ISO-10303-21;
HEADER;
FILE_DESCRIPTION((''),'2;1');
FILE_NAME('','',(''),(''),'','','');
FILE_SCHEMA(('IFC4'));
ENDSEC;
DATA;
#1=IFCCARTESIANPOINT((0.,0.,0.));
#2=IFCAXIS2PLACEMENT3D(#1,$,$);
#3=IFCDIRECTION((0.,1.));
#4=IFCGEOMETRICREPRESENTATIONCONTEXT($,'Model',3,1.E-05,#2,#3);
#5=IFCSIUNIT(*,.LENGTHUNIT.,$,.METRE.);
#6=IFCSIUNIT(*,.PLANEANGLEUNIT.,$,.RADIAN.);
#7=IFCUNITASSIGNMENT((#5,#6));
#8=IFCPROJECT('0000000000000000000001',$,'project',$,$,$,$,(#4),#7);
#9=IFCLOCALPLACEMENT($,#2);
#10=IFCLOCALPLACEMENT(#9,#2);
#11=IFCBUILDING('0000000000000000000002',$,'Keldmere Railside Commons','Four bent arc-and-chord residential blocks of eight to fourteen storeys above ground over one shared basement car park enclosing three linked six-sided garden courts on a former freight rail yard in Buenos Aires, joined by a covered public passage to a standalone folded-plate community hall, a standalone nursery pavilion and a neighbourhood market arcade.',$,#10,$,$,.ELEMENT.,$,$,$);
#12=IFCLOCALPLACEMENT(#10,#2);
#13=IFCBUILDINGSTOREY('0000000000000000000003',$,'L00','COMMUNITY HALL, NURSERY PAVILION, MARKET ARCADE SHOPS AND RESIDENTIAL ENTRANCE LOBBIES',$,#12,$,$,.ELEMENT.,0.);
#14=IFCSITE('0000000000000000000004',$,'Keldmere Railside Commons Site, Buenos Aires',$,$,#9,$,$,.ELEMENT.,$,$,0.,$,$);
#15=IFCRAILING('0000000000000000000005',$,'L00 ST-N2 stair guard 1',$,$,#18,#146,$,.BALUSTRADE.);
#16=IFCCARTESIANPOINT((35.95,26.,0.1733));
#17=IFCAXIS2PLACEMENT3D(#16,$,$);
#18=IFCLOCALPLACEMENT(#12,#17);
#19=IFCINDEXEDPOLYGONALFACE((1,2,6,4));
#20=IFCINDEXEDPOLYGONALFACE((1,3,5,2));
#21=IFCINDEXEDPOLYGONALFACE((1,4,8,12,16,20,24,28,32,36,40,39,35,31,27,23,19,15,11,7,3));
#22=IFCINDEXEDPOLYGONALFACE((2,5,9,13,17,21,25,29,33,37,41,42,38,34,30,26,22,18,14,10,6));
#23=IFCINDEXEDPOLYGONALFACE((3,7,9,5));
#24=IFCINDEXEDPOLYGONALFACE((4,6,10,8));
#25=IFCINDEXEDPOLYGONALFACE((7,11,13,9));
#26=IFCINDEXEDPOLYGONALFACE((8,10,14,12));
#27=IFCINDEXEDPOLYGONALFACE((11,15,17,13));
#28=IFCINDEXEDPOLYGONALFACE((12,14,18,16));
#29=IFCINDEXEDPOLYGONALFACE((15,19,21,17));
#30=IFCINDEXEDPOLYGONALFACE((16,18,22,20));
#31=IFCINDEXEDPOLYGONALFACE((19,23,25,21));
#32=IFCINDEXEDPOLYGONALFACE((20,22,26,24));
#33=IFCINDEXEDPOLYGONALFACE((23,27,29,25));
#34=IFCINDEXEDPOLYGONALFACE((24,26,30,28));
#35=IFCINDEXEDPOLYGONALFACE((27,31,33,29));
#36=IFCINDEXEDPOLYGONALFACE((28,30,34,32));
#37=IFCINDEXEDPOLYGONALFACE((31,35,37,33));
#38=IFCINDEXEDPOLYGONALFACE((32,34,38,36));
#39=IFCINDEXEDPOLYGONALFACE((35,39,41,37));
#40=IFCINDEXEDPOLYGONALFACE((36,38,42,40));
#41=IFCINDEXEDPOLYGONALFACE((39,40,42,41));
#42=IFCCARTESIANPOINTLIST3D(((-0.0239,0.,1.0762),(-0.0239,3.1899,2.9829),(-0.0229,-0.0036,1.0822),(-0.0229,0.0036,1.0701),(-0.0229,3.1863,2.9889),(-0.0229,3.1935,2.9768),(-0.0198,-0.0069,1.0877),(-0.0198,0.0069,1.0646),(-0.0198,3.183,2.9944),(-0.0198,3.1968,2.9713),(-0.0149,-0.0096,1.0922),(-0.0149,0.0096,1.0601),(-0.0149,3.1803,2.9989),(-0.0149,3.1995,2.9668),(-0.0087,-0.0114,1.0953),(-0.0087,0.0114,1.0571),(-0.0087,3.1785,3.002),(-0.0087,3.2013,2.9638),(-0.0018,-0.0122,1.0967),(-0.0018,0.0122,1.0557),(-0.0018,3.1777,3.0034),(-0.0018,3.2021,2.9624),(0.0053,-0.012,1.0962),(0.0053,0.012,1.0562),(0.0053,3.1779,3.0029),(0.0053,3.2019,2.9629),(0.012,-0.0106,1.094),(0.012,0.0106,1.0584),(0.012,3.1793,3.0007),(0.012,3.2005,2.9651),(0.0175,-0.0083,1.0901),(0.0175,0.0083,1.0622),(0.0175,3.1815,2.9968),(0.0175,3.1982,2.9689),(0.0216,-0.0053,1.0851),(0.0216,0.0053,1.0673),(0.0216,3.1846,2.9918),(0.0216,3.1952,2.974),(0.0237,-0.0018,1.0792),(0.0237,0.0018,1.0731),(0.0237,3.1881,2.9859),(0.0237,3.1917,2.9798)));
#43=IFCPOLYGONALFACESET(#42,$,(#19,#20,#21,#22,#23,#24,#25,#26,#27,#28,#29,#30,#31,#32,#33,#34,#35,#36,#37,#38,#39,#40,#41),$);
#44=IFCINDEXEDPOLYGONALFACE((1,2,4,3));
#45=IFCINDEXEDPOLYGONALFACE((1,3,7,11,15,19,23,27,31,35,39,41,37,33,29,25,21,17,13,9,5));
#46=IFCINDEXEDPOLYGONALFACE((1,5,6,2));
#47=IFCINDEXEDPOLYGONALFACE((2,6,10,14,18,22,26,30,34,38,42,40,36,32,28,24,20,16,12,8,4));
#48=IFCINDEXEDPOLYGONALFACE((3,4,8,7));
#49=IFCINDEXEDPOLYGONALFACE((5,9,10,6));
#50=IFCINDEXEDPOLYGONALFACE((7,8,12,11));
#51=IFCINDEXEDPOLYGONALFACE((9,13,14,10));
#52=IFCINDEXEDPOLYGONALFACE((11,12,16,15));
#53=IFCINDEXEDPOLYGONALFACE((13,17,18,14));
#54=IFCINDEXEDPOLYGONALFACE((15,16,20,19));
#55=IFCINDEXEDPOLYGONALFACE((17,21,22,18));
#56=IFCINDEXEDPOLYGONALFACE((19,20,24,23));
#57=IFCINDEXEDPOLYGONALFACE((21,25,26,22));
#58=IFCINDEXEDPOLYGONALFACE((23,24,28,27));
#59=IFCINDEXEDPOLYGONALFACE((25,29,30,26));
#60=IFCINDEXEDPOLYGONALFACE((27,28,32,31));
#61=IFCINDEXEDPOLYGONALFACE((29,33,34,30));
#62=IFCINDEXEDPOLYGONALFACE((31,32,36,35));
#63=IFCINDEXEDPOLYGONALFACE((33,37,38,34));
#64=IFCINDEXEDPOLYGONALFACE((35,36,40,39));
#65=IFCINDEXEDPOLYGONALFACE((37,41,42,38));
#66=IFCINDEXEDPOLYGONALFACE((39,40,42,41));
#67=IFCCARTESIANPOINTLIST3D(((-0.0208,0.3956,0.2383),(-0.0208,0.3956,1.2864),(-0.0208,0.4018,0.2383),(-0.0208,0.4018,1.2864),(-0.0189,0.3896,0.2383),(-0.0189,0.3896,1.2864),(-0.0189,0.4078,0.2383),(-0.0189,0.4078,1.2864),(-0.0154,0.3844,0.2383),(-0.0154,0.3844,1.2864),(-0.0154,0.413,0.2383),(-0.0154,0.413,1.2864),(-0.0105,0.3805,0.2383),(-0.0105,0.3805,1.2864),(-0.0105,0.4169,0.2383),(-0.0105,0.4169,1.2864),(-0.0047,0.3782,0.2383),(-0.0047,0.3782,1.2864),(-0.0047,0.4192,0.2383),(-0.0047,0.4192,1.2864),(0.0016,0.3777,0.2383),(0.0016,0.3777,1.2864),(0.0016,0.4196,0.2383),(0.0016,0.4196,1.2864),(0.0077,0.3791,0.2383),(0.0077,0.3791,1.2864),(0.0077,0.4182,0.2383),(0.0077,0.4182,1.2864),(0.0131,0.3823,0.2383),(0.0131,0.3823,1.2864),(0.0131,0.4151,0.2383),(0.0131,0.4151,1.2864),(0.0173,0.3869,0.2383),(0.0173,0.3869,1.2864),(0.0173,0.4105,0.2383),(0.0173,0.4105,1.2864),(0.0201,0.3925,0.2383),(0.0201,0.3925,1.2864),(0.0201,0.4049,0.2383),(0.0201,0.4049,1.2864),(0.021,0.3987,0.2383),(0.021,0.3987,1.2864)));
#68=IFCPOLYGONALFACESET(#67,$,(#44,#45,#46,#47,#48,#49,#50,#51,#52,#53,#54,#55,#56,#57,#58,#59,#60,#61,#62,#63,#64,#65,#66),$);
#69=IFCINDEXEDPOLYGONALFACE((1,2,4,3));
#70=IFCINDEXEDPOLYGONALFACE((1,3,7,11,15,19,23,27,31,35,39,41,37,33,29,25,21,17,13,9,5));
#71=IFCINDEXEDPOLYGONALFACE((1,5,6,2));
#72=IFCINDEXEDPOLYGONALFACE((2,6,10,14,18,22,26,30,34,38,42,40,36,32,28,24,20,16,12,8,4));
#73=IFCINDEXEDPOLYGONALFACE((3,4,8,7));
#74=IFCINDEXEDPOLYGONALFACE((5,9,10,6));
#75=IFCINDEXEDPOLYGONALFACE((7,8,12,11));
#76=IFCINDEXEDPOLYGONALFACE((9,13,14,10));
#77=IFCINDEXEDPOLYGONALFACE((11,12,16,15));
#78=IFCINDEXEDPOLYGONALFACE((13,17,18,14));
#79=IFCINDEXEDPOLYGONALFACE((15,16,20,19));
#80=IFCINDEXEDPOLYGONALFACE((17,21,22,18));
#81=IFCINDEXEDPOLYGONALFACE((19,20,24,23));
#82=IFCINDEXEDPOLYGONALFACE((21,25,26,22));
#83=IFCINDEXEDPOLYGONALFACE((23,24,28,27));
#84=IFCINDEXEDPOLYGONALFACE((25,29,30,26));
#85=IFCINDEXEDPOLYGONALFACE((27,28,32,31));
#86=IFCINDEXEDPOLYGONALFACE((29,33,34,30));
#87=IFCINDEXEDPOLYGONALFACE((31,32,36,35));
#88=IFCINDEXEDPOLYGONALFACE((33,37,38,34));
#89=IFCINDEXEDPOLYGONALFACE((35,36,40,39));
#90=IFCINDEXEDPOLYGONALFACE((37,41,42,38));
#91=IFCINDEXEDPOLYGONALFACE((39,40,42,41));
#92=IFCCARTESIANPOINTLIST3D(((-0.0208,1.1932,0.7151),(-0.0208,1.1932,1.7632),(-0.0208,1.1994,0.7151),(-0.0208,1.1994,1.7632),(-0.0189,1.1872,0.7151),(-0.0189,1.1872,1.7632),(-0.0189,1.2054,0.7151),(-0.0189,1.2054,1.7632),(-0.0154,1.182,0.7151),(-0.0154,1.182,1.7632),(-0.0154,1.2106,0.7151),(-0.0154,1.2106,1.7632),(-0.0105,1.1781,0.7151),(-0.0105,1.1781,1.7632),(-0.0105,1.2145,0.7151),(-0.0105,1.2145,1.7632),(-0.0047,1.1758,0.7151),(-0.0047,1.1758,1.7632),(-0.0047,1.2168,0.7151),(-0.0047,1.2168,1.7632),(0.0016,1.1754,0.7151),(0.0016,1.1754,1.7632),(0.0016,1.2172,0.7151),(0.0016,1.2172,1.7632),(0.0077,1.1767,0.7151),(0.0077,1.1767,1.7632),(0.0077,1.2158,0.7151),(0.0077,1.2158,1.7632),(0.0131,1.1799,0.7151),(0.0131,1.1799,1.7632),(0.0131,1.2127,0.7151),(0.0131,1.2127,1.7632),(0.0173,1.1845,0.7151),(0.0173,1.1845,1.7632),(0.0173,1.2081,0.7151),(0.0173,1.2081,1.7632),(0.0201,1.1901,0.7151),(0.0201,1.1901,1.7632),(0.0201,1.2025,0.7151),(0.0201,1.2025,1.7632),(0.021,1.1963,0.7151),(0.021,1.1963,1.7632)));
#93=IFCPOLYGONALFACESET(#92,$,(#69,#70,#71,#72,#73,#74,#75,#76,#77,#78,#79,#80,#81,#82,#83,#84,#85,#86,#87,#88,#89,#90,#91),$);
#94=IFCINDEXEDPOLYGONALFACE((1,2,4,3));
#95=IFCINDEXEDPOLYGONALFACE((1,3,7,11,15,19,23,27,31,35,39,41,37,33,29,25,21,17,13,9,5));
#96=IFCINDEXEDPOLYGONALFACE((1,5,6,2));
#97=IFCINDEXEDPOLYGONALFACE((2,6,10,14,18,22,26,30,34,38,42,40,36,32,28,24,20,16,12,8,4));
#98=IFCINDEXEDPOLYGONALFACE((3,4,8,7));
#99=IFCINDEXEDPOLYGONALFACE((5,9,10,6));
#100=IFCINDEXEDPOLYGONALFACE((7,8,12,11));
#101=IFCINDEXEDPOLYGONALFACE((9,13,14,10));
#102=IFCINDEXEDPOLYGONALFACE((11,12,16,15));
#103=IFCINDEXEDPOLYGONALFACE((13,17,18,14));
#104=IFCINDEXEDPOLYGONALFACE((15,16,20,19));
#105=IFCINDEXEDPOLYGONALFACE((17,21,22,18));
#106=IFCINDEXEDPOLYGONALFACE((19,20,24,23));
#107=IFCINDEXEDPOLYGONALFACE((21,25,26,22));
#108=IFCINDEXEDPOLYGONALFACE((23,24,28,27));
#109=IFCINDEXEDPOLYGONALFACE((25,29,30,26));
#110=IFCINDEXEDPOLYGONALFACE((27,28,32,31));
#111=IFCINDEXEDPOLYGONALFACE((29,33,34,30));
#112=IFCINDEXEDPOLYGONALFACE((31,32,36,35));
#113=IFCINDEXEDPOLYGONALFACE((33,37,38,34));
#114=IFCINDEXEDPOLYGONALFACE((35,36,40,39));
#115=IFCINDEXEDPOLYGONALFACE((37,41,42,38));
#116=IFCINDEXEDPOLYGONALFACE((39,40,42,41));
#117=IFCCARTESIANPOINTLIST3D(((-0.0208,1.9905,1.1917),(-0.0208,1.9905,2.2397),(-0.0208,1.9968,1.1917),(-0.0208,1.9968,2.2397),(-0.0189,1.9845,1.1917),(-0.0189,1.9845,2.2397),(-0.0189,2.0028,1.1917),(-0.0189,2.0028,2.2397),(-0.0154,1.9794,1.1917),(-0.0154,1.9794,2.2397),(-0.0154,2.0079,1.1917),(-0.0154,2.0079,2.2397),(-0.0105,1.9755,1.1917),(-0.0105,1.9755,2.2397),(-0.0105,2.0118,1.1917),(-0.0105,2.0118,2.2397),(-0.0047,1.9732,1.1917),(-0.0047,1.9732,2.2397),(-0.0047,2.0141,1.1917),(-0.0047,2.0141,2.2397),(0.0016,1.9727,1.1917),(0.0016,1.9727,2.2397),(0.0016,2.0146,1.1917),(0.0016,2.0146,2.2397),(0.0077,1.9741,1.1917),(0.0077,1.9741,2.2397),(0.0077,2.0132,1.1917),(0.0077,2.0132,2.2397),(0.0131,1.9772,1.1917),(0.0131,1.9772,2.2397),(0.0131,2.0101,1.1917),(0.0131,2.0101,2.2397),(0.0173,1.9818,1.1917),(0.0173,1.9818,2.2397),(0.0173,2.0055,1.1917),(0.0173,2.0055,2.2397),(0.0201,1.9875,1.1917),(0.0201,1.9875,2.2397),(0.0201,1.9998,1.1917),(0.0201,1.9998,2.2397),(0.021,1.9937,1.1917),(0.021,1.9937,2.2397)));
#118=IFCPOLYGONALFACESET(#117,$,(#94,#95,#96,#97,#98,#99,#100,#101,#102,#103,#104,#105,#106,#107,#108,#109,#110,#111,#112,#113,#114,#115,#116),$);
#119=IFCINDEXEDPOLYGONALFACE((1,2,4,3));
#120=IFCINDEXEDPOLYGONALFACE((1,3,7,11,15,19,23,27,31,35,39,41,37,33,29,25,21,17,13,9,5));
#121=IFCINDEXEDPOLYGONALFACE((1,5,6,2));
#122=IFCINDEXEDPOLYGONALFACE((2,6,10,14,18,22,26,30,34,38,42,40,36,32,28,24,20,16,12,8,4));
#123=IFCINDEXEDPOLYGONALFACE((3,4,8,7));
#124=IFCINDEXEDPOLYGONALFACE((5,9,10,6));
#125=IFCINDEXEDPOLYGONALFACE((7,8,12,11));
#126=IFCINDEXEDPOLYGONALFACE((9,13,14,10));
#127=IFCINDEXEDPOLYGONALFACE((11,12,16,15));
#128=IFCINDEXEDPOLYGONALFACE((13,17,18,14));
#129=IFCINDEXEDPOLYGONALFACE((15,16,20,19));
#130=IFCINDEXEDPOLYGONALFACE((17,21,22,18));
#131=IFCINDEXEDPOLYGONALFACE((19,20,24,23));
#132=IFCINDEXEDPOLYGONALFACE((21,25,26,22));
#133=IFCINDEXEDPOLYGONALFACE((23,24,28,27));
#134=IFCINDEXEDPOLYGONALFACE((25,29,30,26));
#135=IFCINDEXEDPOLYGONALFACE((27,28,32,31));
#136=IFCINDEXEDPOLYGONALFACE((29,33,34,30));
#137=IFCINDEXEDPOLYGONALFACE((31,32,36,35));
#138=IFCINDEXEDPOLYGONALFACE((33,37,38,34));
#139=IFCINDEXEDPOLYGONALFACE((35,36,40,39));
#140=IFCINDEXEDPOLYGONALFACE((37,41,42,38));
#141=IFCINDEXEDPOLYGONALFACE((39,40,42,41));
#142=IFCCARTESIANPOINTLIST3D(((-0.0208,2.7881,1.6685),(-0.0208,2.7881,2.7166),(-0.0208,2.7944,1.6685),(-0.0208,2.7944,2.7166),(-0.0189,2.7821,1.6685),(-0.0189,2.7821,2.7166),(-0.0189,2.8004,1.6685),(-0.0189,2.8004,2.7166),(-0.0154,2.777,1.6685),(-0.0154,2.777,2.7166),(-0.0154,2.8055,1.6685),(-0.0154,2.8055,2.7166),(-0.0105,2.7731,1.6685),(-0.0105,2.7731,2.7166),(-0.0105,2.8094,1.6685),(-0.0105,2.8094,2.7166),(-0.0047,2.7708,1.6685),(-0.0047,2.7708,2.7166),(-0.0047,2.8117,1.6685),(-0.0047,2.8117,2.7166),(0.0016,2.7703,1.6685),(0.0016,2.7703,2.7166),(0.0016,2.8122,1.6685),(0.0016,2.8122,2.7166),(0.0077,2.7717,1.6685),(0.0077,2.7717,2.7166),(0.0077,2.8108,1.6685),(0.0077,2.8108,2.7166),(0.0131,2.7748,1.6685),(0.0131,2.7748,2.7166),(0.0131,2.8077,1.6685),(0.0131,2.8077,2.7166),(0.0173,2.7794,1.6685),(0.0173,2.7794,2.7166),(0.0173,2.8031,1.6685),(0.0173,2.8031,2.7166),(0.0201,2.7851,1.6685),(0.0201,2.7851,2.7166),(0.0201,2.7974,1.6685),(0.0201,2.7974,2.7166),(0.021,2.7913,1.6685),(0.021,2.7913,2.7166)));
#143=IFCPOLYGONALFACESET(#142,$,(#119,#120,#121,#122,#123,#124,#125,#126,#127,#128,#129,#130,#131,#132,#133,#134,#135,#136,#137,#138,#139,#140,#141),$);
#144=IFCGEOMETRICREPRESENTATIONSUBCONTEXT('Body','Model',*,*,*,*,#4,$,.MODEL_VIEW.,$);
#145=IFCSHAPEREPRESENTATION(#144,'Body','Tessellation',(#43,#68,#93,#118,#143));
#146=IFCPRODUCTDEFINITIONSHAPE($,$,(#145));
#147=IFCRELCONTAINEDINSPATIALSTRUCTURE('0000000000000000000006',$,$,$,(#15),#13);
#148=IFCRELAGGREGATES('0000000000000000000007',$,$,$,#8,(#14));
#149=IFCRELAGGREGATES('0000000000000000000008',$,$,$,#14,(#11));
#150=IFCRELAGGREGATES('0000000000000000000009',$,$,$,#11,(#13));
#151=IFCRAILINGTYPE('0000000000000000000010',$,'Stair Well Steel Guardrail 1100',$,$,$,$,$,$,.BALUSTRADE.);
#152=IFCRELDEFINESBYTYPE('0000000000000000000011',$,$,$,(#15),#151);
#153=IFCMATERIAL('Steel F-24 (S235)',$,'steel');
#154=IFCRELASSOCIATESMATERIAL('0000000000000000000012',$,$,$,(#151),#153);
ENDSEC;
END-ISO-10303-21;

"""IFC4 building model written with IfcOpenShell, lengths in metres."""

from ifc_helpers import new_model, si_unit, direction, frame, origin, origin_2d, place, context, subcontext, project, spatial, circle, extrude, material, type_object, element, save


model = new_model("IFC4")

# Units and contexts
model_context = context("Model", 3, precision=1e-05, world=origin(), true_north=direction((0.0, 1.0)))
body_context = subcontext(model_context, "Body", "Model", "MODEL_VIEW")
ifc_project = project(units=[si_unit("LENGTHUNIT", "METRE"), si_unit("PLANEANGLEUNIT", "RADIAN")], contexts=[model_context])

# Site, building, storey
site_placement = place(None, origin())
site = spatial("IfcSite", under=ifc_project, at=site_placement, Name="Keldmere Railside Commons Site, Buenos Aires", CompositionType="ELEMENT", RefElevation=0.0)
building_placement = place(site_placement, origin())
building = spatial("IfcBuilding", under=site, at=building_placement, Name="Keldmere Railside Commons", Description="Four bent arc-and-chord residential blocks of eight to fourteen storeys above ground over one shared basement car park enclosing three linked six-sided garden courts on a former freight rail yard in Buenos Aires, joined by a covered public passage to a standalone folded-plate community hall, a standalone nursery pavilion and a neighbourhood market arcade.", CompositionType="ELEMENT")
storey_placement = place(building_placement, origin())
storey = spatial("IfcBuildingStorey", under=building, at=storey_placement, Name="L00", Description="COMMUNITY HALL, NURSERY PAVILION, MARKET ARCADE SHOPS AND RESIDENTIAL ENTRANCE LOBBIES", CompositionType="ELEMENT", Elevation=0.0)

# Shared definitions
ifc_material_1 = material(Name="Steel F-24 (S235)", Category="steel")

# Railing
railing_type_1 = type_object("IfcRailingType", Name="Stair Well Steel Guardrail 1100", PredefinedType="BALUSTRADE", material=ifc_material_1)
railing_1_placement = place(storey_placement, frame((35.95, 26.0, 0.1733)))
element("IfcRailing", 1, at=railing_1_placement, inside=storey, type_object=railing_type_1, Name="L00 ST-N2 stair guard 1", PredefinedType="BALUSTRADE", context=body_context, shape_type="SweptSolid", body=[
    extrude(circle(Radius=0.0239, at=origin_2d()), frame((0.0, 0.0, 1.0762), z_axis=(0.0, 0.85835, 0.513065), x_axis=(-1.0, 0.0, 0.0)), (0.0, 0.0, 1.0), 3.7163),
    extrude(circle(Radius=0.021, at=origin_2d()), frame((0.0, 0.3987, 0.2383)), (0.0, 0.0, 1.0), 1.0481),
    extrude(circle(Radius=0.021, at=origin_2d()), frame((0.0, 1.1963, 0.7151)), (0.0, 0.0, 1.0), 1.0481),
    extrude(circle(Radius=0.021, at=origin_2d()), frame((0.0, 1.9937, 1.1917)), (0.0, 0.0, 1.0), 1.0481),
    extrude(circle(Radius=0.021, at=origin_2d()), frame((0.0, 2.7913, 1.6685)), (0.0, 0.0, 1.0), 1.0481),
])

save(model, "model.ifc")
